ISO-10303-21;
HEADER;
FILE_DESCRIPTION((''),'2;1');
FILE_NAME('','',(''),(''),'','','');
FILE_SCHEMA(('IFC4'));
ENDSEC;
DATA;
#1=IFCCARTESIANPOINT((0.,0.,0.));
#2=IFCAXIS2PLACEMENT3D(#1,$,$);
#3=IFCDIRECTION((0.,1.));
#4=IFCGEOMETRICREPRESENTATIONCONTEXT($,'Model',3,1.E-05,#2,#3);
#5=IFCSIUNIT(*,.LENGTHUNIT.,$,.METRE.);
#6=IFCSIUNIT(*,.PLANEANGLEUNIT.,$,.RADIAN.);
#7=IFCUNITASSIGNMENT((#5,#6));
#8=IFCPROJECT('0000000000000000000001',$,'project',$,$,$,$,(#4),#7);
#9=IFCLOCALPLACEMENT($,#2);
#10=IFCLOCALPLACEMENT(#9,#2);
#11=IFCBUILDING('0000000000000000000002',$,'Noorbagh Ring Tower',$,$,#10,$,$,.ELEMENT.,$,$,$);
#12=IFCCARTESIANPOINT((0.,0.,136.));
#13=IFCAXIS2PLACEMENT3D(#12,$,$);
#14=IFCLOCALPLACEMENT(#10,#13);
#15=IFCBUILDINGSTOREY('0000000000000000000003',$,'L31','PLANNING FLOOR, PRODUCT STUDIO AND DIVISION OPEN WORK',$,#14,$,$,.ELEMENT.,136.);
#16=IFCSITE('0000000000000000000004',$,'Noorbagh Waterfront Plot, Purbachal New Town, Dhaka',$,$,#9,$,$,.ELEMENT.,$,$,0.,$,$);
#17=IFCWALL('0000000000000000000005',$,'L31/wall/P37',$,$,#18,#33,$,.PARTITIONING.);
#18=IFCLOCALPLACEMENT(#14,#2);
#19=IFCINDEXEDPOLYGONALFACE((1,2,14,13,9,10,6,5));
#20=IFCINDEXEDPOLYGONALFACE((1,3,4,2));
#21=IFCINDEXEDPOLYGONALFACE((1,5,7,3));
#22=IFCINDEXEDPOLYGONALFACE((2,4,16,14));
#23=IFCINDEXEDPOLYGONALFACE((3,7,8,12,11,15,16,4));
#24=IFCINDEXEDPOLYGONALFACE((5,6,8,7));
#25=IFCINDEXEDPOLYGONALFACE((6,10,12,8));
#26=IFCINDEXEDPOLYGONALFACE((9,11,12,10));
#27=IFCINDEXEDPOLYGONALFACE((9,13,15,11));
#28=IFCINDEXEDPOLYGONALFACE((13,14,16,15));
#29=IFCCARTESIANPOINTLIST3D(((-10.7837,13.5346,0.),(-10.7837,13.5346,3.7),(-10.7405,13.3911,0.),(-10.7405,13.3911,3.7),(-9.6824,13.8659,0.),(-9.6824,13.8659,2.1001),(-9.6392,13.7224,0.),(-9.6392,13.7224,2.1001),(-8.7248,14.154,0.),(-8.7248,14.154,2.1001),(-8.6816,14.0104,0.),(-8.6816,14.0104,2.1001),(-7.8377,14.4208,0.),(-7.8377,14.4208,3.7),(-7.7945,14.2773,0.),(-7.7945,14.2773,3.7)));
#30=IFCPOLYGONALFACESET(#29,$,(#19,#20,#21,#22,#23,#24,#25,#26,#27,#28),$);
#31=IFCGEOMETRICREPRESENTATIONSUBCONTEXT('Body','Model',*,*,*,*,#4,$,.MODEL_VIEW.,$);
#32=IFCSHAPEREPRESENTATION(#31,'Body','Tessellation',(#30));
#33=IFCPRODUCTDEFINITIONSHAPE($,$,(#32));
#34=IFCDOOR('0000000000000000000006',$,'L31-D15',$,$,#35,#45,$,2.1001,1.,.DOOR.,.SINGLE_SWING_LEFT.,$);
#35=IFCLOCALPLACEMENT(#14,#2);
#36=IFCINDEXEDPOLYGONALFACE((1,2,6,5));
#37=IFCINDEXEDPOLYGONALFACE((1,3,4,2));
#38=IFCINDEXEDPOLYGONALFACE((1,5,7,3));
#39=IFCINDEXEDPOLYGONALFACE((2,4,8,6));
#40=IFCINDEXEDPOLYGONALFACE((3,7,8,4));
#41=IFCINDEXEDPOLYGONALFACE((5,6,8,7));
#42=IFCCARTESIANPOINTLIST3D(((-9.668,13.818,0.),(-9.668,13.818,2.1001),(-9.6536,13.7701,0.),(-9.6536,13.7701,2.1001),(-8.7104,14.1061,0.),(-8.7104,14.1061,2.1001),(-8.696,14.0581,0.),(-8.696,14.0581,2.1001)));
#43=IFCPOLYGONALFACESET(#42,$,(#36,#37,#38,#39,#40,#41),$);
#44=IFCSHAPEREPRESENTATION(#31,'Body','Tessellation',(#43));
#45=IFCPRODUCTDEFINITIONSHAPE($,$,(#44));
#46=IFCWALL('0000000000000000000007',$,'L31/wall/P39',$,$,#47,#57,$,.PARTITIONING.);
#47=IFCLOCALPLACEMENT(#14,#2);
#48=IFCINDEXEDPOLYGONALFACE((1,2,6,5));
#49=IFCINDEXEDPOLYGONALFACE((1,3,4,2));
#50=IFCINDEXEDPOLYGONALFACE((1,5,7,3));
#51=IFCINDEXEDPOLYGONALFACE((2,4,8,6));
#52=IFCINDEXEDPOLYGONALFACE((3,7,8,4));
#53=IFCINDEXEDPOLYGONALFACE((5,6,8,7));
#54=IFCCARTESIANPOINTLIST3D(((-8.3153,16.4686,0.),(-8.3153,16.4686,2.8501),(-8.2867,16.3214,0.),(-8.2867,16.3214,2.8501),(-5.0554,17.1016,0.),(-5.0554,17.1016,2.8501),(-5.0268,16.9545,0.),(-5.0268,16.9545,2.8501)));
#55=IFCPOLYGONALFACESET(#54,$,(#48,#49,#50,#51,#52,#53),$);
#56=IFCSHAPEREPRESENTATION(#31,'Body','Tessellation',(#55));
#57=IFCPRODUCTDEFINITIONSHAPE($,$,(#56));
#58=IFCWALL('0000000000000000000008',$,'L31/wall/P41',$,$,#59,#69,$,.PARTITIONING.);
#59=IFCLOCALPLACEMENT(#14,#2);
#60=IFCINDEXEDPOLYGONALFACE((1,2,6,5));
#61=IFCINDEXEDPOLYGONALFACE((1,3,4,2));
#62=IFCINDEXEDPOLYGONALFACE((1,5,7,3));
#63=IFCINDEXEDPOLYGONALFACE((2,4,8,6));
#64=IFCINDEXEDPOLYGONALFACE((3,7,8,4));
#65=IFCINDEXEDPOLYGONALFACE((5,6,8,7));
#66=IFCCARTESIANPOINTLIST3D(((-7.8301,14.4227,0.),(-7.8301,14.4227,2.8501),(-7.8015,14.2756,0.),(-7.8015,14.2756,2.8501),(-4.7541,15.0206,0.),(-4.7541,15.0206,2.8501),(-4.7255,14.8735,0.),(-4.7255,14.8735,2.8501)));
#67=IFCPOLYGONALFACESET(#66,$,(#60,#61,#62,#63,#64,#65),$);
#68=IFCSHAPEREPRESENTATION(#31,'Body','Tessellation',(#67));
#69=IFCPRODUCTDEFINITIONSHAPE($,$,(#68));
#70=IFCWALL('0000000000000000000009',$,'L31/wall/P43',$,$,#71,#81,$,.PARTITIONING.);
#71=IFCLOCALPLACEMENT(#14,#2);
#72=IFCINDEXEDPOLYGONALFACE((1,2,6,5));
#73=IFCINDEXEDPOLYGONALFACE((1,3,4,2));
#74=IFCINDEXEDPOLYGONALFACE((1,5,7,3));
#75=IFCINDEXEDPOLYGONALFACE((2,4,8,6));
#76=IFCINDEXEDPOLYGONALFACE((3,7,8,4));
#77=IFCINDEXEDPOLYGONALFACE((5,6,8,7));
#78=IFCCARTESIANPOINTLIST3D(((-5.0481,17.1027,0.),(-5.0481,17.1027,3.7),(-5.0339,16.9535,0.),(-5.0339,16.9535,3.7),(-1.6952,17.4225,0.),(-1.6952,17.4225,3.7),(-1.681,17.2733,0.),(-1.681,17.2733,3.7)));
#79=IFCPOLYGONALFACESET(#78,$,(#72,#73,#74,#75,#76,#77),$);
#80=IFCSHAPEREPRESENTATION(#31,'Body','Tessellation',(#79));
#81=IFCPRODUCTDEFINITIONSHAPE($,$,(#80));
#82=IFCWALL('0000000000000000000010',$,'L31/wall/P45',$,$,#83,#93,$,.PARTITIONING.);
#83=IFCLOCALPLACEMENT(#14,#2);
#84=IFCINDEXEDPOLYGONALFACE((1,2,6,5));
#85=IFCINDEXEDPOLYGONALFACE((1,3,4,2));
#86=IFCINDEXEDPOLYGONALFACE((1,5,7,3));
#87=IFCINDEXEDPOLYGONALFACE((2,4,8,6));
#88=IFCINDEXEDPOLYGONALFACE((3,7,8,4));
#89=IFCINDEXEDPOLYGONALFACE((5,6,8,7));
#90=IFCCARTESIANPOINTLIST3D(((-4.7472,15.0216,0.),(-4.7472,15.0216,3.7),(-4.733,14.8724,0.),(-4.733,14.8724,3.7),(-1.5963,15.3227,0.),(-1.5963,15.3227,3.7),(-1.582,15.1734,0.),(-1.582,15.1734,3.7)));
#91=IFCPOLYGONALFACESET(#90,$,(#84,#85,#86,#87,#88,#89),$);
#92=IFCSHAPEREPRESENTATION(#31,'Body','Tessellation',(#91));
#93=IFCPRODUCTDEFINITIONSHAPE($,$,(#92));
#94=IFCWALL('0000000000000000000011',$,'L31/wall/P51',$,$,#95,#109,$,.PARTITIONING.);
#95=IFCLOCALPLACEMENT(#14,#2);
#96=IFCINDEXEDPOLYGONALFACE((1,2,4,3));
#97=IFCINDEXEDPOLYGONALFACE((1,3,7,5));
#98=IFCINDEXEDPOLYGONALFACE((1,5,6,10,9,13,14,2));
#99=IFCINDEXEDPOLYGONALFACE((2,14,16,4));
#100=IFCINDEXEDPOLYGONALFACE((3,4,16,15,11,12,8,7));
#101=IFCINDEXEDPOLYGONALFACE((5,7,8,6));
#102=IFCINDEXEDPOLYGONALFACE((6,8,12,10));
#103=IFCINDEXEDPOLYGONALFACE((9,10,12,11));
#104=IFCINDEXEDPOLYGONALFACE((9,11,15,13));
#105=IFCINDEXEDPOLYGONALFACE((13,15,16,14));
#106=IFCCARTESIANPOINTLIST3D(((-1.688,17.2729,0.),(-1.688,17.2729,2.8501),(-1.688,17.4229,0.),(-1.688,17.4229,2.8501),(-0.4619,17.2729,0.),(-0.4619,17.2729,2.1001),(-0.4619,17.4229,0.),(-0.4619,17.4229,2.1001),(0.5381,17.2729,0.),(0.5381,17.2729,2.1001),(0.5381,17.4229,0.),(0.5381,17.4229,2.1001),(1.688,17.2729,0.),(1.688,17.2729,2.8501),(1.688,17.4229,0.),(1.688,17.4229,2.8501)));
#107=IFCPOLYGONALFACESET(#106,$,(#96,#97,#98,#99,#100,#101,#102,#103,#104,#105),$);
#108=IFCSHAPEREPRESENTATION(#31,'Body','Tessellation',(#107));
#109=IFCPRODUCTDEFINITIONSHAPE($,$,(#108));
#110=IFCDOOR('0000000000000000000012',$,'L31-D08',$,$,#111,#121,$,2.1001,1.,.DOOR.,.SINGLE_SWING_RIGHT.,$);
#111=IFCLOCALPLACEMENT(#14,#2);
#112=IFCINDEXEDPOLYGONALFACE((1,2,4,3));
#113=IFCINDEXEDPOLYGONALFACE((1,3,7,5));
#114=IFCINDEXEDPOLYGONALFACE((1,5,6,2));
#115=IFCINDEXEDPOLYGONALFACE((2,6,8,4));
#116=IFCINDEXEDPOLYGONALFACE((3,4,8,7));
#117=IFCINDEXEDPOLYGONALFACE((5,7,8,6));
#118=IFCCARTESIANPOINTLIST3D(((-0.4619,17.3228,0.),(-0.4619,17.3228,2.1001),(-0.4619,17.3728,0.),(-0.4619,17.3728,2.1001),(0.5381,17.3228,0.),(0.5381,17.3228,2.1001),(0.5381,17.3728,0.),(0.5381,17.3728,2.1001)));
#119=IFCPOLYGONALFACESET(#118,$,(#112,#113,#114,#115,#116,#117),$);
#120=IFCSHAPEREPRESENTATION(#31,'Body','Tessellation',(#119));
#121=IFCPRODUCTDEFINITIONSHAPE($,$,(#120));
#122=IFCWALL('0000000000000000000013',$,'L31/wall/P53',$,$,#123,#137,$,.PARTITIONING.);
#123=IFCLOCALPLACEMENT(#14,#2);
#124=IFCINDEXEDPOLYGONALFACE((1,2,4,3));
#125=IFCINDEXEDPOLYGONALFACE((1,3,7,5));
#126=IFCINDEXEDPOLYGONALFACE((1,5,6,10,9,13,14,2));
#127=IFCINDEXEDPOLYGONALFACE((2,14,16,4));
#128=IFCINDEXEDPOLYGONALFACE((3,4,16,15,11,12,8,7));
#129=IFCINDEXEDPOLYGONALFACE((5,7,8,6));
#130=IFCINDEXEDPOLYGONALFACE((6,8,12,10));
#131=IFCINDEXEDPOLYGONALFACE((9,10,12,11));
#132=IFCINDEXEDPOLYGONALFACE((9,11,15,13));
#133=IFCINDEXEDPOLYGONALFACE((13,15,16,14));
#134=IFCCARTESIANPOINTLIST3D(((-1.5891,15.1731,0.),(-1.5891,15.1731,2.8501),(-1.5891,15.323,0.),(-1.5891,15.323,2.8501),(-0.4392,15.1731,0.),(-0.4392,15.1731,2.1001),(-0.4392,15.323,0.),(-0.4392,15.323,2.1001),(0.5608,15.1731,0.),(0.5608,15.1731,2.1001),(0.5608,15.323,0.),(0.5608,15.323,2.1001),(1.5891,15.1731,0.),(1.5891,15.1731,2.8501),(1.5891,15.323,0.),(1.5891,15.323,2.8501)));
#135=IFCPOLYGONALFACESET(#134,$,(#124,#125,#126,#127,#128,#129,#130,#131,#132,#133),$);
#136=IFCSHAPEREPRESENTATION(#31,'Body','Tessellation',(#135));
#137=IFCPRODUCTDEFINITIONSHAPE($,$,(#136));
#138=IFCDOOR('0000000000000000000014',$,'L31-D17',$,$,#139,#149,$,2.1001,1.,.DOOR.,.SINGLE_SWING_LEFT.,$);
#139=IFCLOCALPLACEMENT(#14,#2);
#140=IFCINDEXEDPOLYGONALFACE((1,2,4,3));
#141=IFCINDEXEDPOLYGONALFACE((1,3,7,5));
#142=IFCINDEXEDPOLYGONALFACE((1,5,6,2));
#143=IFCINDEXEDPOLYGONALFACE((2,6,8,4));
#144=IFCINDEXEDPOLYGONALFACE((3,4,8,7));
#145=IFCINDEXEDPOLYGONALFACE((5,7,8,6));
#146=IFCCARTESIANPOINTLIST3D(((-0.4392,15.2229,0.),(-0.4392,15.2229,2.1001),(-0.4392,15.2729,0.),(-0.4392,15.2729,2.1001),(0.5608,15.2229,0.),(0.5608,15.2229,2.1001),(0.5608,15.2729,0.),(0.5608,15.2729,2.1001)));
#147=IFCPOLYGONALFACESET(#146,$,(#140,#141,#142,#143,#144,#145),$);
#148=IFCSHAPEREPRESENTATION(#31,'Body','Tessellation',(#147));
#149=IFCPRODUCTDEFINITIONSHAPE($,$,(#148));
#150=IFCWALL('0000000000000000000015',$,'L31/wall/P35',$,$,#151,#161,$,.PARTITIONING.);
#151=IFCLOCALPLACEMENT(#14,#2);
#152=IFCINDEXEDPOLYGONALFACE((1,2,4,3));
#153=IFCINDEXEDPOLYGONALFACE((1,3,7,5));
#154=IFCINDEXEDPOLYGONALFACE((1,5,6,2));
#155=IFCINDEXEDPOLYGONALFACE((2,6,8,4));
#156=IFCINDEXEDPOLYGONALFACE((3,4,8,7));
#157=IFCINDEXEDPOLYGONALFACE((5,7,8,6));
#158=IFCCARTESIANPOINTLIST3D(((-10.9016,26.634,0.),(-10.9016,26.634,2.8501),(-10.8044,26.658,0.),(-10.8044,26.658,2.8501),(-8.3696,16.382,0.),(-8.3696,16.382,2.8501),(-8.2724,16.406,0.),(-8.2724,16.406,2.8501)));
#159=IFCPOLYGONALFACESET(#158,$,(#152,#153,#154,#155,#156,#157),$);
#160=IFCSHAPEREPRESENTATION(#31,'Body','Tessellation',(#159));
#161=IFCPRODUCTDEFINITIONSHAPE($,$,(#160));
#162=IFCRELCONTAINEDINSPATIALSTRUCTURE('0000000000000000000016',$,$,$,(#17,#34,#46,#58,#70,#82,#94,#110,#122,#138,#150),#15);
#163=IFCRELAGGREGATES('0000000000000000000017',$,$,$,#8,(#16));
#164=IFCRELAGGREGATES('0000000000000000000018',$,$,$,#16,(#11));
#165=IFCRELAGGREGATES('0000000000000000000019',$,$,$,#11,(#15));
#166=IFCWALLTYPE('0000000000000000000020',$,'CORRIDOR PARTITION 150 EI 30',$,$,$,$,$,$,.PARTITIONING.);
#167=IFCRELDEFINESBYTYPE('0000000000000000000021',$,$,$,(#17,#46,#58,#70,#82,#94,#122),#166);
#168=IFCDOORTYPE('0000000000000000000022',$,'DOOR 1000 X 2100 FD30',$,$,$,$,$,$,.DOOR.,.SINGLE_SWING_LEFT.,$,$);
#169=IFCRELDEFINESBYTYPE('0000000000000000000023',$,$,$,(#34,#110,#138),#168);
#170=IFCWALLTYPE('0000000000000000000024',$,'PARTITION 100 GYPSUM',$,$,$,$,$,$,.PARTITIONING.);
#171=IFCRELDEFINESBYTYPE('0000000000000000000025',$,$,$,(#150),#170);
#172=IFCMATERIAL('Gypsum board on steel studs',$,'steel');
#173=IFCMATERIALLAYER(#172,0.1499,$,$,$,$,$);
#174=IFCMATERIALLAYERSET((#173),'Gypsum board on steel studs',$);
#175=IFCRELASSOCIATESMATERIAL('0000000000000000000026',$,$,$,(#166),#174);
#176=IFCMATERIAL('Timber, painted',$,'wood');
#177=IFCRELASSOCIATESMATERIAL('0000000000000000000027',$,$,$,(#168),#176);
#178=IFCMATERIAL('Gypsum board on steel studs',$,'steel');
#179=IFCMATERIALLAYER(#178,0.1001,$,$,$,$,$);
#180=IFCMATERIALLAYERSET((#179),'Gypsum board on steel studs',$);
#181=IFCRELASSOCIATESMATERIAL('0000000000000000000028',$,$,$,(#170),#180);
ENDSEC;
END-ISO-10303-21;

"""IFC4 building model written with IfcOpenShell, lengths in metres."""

from ifc_helpers import new_model, si_unit, direction, frame, frame_2d, origin, place, context, subcontext, project, spatial, rectangle, extrude, material, layer, layer_set, type_object, element, fill, save


model = new_model("IFC4")

# Units and contexts
model_context = context("Model", 3, precision=1e-05, world=origin(), true_north=direction((0.0, 1.0)))
body_context = subcontext(model_context, "Body", "Model", "MODEL_VIEW")
ifc_project = project(units=[si_unit("LENGTHUNIT", "METRE"), si_unit("PLANEANGLEUNIT", "RADIAN")], contexts=[model_context])

# Site, building, storey
site_placement = place(None, origin())
site = spatial("IfcSite", under=ifc_project, at=site_placement, Name="Noorbagh Waterfront Plot, Purbachal New Town, Dhaka", CompositionType="ELEMENT", RefElevation=0.0)
building_placement = place(site_placement, origin())
building = spatial("IfcBuilding", under=site, at=building_placement, Name="Noorbagh Ring Tower", CompositionType="ELEMENT")
storey_placement = place(building_placement, frame((0.0, 0.0, 136.0)))
storey = spatial("IfcBuildingStorey", under=building, at=storey_placement, Name="L31", Description="PLANNING FLOOR, PRODUCT STUDIO AND DIVISION OPEN WORK", CompositionType="ELEMENT", Elevation=136.0)

# Shared definitions
ifc_material_1 = material(Name="Gypsum board on steel studs", Category="steel")
ifc_layer_1 = layer(ifc_material_1, 0.1499)
ifc_layer_set_1 = layer_set([ifc_layer_1], Name="Gypsum board on steel studs")
wall_type_1 = type_object("IfcWallType", Name="CORRIDOR PARTITION 150 EI 30", PredefinedType="PARTITIONING", material=ifc_layer_set_1)

# Wall, opening, door
wall_1_placement = place(storey_placement, frame((-10.762, 13.4629, 0.0), z_axis=(0.0, 0.0, 1.0), x_axis=(0.95761, 0.288069, 0.0)))
wall_1 = element("IfcWall", 1, at=wall_1_placement, inside=storey, type_object=wall_type_1, Name="L31/wall/P37", PredefinedType="PARTITIONING", context=body_context, shape_type="SweptSolid", body=[
    extrude(rectangle(XDim=3.0764, YDim=0.1499, at=frame_2d((1.5381, 0.0))), origin(), (0.0, 0.0, 1.0), 3.7),
])
opening_1_placement = place(wall_1_placement, frame((1.1499, 0.0, 0.0)))
opening_1 = element("IfcOpeningElement", 2, at=opening_1_placement, cuts=wall_1, PredefinedType="OPENING", context=body_context, shape_type="SweptSolid", body=[
    extrude(rectangle(XDim=1.0, YDim=2.1001, at=frame_2d((0.5, 1.05))), frame((0.0, 0.085, 0.0), z_axis=(0.0, -1.0, 0.0), x_axis=(1.0, 0.0, 0.0)), (0.0, 0.0, 1.0), 0.1699),
])
ifc_material_2 = material(Name="Timber, painted", Category="wood")
door_type = type_object("IfcDoorType", Name="DOOR 1000 X 2100 FD30", OperationType="SINGLE_SWING_LEFT", PredefinedType="DOOR", material=ifc_material_2)
door_1_placement = place(opening_1_placement, origin())
door_1 = element("IfcDoor", 3, at=door_1_placement, inside=storey, type_object=door_type, Name="L31-D15", OperationType="SINGLE_SWING_LEFT", OverallHeight=2.1001, OverallWidth=1.0, PredefinedType="DOOR", context=body_context, shape_type="SweptSolid", body=[
    extrude(rectangle(XDim=1.0, YDim=2.1001, at=frame_2d((0.5, 1.05))), frame((0.0, 0.0249, 0.0), z_axis=(0.0, -1.0, 0.0), x_axis=(1.0, 0.0, 0.0)), (0.0, 0.0, 1.0), 0.05),
])
fill(opening_1, door_1)

# Walls
wall_2_placement = place(storey_placement, frame((-8.301, 16.395, 0.0), z_axis=(0.0, 0.0, 1.0), x_axis=(0.981662, 0.190628, 0.0)))
element("IfcWall", 4, at=wall_2_placement, inside=storey, type_object=wall_type_1, Name="L31/wall/P39", PredefinedType="PARTITIONING", context=body_context, shape_type="SweptSolid", body=[
    extrude(rectangle(XDim=3.3208, YDim=0.1499, at=frame_2d((1.6604, 0.0))), origin(), (0.0, 0.0, 1.0), 2.8501),
])
wall_3_placement = place(storey_placement, frame((-7.8159, 14.3491, 0.0), z_axis=(0.0, 0.0, 1.0), x_axis=(0.981627, 0.190809, 0.0)))
element("IfcWall", 5, at=wall_3_placement, inside=storey, type_object=wall_type_1, Name="L31/wall/P41", PredefinedType="PARTITIONING", context=body_context, shape_type="SweptSolid", body=[
    extrude(rectangle(XDim=3.1335, YDim=0.1499, at=frame_2d((1.5669, 0.0))), origin(), (0.0, 0.0, 1.0), 2.8501),
])
wall_4_placement = place(storey_placement, frame((-5.041, 17.0281, 0.0), z_axis=(0.0, 0.0, 1.0), x_axis=(0.995482, 0.094953, 0.0)))
element("IfcWall", 6, at=wall_4_placement, inside=storey, type_object=wall_type_1, Name="L31/wall/P43", PredefinedType="PARTITIONING", context=body_context, shape_type="SweptSolid", body=[
    extrude(rectangle(XDim=3.3682, YDim=0.1499, at=frame_2d((1.6841, 0.0))), origin(), (0.0, 0.0, 1.0), 3.7),
])
wall_5_placement = place(storey_placement, frame((-4.74, 14.947, 0.0), z_axis=(0.0, 0.0, 1.0), x_axis=(0.995467, 0.095104, 0.0)))
element("IfcWall", 7, at=wall_5_placement, inside=storey, type_object=wall_type_1, Name="L31/wall/P45", PredefinedType="PARTITIONING", context=body_context, shape_type="SweptSolid", body=[
    extrude(rectangle(XDim=3.1653, YDim=0.1499, at=frame_2d((1.5825, 0.0))), origin(), (0.0, 0.0, 1.0), 3.7),
])

# Walls, openings, doors
wall_6_placement = place(storey_placement, frame((-1.688, 17.3479, 0.0), z_axis=(0.0, 0.0, 1.0), x_axis=(1.0, 0.0, 0.0)))
wall_6 = element("IfcWall", 8, at=wall_6_placement, inside=storey, type_object=wall_type_1, Name="L31/wall/P51", PredefinedType="PARTITIONING", context=body_context, shape_type="SweptSolid", body=[
    extrude(rectangle(XDim=3.376, YDim=0.1499, at=frame_2d((1.688, 0.0))), origin(), (0.0, 0.0, 1.0), 2.8501),
])
opening_2_placement = place(wall_6_placement, frame((1.2261, 0.0, 0.0)))
opening_2 = element("IfcOpeningElement", 9, at=opening_2_placement, cuts=wall_6, PredefinedType="OPENING", context=body_context, shape_type="SweptSolid", body=[
    extrude(rectangle(XDim=1.0, YDim=2.1001, at=frame_2d((0.5, 1.05))), frame((0.0, 0.085, 0.0), z_axis=(0.0, -1.0, 0.0), x_axis=(1.0, 0.0, 0.0)), (0.0, 0.0, 1.0), 0.1699),
])
door_2_placement = place(opening_2_placement, origin())
door_2 = element("IfcDoor", 10, at=door_2_placement, inside=storey, type_object=door_type, Name="L31-D08", OperationType="SINGLE_SWING_RIGHT", OverallHeight=2.1001, OverallWidth=1.0, PredefinedType="DOOR", context=body_context, shape_type="SweptSolid", body=[
    extrude(rectangle(XDim=1.0, YDim=2.1001, at=frame_2d((0.5, 1.05))), frame((0.0, 0.0249, 0.0), z_axis=(0.0, -1.0, 0.0), x_axis=(1.0, 0.0, 0.0)), (0.0, 0.0, 1.0), 0.05),
])
fill(opening_2, door_2)
wall_7_placement = place(storey_placement, frame((-1.5891, 15.248, 0.0), z_axis=(0.0, 0.0, 1.0), x_axis=(1.0, 0.0, 0.0)))
wall_7 = element("IfcWall", 11, at=wall_7_placement, inside=storey, type_object=wall_type_1, Name="L31/wall/P53", PredefinedType="PARTITIONING", context=body_context, shape_type="SweptSolid", body=[
    extrude(rectangle(XDim=3.1782, YDim=0.1499, at=frame_2d((1.5891, 0.0))), origin(), (0.0, 0.0, 1.0), 2.8501),
])
opening_3_placement = place(wall_7_placement, frame((1.1499, 0.0, 0.0)))
opening_3 = element("IfcOpeningElement", 12, at=opening_3_placement, cuts=wall_7, PredefinedType="OPENING", context=body_context, shape_type="SweptSolid", body=[
    extrude(rectangle(XDim=1.0, YDim=2.1001, at=frame_2d((0.5, 1.05))), frame((0.0, 0.085, 0.0), z_axis=(0.0, -1.0, 0.0), x_axis=(1.0, 0.0, 0.0)), (0.0, 0.0, 1.0), 0.1699),
])
door_3_placement = place(opening_3_placement, origin())
door_3 = element("IfcDoor", 13, at=door_3_placement, inside=storey, type_object=door_type, Name="L31-D17", OperationType="SINGLE_SWING_LEFT", OverallHeight=2.1001, OverallWidth=1.0, PredefinedType="DOOR", context=body_context, shape_type="SweptSolid", body=[
    extrude(rectangle(XDim=1.0, YDim=2.1001, at=frame_2d((0.5, 1.05))), frame((0.0, 0.0249, 0.0), z_axis=(0.0, -1.0, 0.0), x_axis=(1.0, 0.0, 0.0)), (0.0, 0.0, 1.0), 0.05),
])
fill(opening_3, door_3)

# Wall
ifc_material_3 = material(Name="Gypsum board on steel studs", Category="steel")
ifc_layer_2 = layer(ifc_material_3, 0.1001)
ifc_layer_set_2 = layer_set([ifc_layer_2], Name="Gypsum board on steel studs")
wall_type_2 = type_object("IfcWallType", Name="PARTITION 100 GYPSUM", PredefinedType="PARTITIONING", material=ifc_layer_set_2)
wall_8_placement = place(storey_placement, frame((-10.853, 26.646, 0.0), z_axis=(0.0, 0.0, 1.0), x_axis=(0.239771, -0.970829, 0.0)))
element("IfcWall", 14, at=wall_8_placement, inside=storey, type_object=wall_type_2, Name="L31/wall/P35", PredefinedType="PARTITIONING", context=body_context, shape_type="SweptSolid", body=[
    extrude(rectangle(XDim=10.5601, YDim=0.1001, at=frame_2d((5.28, 0.0))), origin(), (0.0, 0.0, 1.0), 2.8501),
])

save(model, "model.ifc")
